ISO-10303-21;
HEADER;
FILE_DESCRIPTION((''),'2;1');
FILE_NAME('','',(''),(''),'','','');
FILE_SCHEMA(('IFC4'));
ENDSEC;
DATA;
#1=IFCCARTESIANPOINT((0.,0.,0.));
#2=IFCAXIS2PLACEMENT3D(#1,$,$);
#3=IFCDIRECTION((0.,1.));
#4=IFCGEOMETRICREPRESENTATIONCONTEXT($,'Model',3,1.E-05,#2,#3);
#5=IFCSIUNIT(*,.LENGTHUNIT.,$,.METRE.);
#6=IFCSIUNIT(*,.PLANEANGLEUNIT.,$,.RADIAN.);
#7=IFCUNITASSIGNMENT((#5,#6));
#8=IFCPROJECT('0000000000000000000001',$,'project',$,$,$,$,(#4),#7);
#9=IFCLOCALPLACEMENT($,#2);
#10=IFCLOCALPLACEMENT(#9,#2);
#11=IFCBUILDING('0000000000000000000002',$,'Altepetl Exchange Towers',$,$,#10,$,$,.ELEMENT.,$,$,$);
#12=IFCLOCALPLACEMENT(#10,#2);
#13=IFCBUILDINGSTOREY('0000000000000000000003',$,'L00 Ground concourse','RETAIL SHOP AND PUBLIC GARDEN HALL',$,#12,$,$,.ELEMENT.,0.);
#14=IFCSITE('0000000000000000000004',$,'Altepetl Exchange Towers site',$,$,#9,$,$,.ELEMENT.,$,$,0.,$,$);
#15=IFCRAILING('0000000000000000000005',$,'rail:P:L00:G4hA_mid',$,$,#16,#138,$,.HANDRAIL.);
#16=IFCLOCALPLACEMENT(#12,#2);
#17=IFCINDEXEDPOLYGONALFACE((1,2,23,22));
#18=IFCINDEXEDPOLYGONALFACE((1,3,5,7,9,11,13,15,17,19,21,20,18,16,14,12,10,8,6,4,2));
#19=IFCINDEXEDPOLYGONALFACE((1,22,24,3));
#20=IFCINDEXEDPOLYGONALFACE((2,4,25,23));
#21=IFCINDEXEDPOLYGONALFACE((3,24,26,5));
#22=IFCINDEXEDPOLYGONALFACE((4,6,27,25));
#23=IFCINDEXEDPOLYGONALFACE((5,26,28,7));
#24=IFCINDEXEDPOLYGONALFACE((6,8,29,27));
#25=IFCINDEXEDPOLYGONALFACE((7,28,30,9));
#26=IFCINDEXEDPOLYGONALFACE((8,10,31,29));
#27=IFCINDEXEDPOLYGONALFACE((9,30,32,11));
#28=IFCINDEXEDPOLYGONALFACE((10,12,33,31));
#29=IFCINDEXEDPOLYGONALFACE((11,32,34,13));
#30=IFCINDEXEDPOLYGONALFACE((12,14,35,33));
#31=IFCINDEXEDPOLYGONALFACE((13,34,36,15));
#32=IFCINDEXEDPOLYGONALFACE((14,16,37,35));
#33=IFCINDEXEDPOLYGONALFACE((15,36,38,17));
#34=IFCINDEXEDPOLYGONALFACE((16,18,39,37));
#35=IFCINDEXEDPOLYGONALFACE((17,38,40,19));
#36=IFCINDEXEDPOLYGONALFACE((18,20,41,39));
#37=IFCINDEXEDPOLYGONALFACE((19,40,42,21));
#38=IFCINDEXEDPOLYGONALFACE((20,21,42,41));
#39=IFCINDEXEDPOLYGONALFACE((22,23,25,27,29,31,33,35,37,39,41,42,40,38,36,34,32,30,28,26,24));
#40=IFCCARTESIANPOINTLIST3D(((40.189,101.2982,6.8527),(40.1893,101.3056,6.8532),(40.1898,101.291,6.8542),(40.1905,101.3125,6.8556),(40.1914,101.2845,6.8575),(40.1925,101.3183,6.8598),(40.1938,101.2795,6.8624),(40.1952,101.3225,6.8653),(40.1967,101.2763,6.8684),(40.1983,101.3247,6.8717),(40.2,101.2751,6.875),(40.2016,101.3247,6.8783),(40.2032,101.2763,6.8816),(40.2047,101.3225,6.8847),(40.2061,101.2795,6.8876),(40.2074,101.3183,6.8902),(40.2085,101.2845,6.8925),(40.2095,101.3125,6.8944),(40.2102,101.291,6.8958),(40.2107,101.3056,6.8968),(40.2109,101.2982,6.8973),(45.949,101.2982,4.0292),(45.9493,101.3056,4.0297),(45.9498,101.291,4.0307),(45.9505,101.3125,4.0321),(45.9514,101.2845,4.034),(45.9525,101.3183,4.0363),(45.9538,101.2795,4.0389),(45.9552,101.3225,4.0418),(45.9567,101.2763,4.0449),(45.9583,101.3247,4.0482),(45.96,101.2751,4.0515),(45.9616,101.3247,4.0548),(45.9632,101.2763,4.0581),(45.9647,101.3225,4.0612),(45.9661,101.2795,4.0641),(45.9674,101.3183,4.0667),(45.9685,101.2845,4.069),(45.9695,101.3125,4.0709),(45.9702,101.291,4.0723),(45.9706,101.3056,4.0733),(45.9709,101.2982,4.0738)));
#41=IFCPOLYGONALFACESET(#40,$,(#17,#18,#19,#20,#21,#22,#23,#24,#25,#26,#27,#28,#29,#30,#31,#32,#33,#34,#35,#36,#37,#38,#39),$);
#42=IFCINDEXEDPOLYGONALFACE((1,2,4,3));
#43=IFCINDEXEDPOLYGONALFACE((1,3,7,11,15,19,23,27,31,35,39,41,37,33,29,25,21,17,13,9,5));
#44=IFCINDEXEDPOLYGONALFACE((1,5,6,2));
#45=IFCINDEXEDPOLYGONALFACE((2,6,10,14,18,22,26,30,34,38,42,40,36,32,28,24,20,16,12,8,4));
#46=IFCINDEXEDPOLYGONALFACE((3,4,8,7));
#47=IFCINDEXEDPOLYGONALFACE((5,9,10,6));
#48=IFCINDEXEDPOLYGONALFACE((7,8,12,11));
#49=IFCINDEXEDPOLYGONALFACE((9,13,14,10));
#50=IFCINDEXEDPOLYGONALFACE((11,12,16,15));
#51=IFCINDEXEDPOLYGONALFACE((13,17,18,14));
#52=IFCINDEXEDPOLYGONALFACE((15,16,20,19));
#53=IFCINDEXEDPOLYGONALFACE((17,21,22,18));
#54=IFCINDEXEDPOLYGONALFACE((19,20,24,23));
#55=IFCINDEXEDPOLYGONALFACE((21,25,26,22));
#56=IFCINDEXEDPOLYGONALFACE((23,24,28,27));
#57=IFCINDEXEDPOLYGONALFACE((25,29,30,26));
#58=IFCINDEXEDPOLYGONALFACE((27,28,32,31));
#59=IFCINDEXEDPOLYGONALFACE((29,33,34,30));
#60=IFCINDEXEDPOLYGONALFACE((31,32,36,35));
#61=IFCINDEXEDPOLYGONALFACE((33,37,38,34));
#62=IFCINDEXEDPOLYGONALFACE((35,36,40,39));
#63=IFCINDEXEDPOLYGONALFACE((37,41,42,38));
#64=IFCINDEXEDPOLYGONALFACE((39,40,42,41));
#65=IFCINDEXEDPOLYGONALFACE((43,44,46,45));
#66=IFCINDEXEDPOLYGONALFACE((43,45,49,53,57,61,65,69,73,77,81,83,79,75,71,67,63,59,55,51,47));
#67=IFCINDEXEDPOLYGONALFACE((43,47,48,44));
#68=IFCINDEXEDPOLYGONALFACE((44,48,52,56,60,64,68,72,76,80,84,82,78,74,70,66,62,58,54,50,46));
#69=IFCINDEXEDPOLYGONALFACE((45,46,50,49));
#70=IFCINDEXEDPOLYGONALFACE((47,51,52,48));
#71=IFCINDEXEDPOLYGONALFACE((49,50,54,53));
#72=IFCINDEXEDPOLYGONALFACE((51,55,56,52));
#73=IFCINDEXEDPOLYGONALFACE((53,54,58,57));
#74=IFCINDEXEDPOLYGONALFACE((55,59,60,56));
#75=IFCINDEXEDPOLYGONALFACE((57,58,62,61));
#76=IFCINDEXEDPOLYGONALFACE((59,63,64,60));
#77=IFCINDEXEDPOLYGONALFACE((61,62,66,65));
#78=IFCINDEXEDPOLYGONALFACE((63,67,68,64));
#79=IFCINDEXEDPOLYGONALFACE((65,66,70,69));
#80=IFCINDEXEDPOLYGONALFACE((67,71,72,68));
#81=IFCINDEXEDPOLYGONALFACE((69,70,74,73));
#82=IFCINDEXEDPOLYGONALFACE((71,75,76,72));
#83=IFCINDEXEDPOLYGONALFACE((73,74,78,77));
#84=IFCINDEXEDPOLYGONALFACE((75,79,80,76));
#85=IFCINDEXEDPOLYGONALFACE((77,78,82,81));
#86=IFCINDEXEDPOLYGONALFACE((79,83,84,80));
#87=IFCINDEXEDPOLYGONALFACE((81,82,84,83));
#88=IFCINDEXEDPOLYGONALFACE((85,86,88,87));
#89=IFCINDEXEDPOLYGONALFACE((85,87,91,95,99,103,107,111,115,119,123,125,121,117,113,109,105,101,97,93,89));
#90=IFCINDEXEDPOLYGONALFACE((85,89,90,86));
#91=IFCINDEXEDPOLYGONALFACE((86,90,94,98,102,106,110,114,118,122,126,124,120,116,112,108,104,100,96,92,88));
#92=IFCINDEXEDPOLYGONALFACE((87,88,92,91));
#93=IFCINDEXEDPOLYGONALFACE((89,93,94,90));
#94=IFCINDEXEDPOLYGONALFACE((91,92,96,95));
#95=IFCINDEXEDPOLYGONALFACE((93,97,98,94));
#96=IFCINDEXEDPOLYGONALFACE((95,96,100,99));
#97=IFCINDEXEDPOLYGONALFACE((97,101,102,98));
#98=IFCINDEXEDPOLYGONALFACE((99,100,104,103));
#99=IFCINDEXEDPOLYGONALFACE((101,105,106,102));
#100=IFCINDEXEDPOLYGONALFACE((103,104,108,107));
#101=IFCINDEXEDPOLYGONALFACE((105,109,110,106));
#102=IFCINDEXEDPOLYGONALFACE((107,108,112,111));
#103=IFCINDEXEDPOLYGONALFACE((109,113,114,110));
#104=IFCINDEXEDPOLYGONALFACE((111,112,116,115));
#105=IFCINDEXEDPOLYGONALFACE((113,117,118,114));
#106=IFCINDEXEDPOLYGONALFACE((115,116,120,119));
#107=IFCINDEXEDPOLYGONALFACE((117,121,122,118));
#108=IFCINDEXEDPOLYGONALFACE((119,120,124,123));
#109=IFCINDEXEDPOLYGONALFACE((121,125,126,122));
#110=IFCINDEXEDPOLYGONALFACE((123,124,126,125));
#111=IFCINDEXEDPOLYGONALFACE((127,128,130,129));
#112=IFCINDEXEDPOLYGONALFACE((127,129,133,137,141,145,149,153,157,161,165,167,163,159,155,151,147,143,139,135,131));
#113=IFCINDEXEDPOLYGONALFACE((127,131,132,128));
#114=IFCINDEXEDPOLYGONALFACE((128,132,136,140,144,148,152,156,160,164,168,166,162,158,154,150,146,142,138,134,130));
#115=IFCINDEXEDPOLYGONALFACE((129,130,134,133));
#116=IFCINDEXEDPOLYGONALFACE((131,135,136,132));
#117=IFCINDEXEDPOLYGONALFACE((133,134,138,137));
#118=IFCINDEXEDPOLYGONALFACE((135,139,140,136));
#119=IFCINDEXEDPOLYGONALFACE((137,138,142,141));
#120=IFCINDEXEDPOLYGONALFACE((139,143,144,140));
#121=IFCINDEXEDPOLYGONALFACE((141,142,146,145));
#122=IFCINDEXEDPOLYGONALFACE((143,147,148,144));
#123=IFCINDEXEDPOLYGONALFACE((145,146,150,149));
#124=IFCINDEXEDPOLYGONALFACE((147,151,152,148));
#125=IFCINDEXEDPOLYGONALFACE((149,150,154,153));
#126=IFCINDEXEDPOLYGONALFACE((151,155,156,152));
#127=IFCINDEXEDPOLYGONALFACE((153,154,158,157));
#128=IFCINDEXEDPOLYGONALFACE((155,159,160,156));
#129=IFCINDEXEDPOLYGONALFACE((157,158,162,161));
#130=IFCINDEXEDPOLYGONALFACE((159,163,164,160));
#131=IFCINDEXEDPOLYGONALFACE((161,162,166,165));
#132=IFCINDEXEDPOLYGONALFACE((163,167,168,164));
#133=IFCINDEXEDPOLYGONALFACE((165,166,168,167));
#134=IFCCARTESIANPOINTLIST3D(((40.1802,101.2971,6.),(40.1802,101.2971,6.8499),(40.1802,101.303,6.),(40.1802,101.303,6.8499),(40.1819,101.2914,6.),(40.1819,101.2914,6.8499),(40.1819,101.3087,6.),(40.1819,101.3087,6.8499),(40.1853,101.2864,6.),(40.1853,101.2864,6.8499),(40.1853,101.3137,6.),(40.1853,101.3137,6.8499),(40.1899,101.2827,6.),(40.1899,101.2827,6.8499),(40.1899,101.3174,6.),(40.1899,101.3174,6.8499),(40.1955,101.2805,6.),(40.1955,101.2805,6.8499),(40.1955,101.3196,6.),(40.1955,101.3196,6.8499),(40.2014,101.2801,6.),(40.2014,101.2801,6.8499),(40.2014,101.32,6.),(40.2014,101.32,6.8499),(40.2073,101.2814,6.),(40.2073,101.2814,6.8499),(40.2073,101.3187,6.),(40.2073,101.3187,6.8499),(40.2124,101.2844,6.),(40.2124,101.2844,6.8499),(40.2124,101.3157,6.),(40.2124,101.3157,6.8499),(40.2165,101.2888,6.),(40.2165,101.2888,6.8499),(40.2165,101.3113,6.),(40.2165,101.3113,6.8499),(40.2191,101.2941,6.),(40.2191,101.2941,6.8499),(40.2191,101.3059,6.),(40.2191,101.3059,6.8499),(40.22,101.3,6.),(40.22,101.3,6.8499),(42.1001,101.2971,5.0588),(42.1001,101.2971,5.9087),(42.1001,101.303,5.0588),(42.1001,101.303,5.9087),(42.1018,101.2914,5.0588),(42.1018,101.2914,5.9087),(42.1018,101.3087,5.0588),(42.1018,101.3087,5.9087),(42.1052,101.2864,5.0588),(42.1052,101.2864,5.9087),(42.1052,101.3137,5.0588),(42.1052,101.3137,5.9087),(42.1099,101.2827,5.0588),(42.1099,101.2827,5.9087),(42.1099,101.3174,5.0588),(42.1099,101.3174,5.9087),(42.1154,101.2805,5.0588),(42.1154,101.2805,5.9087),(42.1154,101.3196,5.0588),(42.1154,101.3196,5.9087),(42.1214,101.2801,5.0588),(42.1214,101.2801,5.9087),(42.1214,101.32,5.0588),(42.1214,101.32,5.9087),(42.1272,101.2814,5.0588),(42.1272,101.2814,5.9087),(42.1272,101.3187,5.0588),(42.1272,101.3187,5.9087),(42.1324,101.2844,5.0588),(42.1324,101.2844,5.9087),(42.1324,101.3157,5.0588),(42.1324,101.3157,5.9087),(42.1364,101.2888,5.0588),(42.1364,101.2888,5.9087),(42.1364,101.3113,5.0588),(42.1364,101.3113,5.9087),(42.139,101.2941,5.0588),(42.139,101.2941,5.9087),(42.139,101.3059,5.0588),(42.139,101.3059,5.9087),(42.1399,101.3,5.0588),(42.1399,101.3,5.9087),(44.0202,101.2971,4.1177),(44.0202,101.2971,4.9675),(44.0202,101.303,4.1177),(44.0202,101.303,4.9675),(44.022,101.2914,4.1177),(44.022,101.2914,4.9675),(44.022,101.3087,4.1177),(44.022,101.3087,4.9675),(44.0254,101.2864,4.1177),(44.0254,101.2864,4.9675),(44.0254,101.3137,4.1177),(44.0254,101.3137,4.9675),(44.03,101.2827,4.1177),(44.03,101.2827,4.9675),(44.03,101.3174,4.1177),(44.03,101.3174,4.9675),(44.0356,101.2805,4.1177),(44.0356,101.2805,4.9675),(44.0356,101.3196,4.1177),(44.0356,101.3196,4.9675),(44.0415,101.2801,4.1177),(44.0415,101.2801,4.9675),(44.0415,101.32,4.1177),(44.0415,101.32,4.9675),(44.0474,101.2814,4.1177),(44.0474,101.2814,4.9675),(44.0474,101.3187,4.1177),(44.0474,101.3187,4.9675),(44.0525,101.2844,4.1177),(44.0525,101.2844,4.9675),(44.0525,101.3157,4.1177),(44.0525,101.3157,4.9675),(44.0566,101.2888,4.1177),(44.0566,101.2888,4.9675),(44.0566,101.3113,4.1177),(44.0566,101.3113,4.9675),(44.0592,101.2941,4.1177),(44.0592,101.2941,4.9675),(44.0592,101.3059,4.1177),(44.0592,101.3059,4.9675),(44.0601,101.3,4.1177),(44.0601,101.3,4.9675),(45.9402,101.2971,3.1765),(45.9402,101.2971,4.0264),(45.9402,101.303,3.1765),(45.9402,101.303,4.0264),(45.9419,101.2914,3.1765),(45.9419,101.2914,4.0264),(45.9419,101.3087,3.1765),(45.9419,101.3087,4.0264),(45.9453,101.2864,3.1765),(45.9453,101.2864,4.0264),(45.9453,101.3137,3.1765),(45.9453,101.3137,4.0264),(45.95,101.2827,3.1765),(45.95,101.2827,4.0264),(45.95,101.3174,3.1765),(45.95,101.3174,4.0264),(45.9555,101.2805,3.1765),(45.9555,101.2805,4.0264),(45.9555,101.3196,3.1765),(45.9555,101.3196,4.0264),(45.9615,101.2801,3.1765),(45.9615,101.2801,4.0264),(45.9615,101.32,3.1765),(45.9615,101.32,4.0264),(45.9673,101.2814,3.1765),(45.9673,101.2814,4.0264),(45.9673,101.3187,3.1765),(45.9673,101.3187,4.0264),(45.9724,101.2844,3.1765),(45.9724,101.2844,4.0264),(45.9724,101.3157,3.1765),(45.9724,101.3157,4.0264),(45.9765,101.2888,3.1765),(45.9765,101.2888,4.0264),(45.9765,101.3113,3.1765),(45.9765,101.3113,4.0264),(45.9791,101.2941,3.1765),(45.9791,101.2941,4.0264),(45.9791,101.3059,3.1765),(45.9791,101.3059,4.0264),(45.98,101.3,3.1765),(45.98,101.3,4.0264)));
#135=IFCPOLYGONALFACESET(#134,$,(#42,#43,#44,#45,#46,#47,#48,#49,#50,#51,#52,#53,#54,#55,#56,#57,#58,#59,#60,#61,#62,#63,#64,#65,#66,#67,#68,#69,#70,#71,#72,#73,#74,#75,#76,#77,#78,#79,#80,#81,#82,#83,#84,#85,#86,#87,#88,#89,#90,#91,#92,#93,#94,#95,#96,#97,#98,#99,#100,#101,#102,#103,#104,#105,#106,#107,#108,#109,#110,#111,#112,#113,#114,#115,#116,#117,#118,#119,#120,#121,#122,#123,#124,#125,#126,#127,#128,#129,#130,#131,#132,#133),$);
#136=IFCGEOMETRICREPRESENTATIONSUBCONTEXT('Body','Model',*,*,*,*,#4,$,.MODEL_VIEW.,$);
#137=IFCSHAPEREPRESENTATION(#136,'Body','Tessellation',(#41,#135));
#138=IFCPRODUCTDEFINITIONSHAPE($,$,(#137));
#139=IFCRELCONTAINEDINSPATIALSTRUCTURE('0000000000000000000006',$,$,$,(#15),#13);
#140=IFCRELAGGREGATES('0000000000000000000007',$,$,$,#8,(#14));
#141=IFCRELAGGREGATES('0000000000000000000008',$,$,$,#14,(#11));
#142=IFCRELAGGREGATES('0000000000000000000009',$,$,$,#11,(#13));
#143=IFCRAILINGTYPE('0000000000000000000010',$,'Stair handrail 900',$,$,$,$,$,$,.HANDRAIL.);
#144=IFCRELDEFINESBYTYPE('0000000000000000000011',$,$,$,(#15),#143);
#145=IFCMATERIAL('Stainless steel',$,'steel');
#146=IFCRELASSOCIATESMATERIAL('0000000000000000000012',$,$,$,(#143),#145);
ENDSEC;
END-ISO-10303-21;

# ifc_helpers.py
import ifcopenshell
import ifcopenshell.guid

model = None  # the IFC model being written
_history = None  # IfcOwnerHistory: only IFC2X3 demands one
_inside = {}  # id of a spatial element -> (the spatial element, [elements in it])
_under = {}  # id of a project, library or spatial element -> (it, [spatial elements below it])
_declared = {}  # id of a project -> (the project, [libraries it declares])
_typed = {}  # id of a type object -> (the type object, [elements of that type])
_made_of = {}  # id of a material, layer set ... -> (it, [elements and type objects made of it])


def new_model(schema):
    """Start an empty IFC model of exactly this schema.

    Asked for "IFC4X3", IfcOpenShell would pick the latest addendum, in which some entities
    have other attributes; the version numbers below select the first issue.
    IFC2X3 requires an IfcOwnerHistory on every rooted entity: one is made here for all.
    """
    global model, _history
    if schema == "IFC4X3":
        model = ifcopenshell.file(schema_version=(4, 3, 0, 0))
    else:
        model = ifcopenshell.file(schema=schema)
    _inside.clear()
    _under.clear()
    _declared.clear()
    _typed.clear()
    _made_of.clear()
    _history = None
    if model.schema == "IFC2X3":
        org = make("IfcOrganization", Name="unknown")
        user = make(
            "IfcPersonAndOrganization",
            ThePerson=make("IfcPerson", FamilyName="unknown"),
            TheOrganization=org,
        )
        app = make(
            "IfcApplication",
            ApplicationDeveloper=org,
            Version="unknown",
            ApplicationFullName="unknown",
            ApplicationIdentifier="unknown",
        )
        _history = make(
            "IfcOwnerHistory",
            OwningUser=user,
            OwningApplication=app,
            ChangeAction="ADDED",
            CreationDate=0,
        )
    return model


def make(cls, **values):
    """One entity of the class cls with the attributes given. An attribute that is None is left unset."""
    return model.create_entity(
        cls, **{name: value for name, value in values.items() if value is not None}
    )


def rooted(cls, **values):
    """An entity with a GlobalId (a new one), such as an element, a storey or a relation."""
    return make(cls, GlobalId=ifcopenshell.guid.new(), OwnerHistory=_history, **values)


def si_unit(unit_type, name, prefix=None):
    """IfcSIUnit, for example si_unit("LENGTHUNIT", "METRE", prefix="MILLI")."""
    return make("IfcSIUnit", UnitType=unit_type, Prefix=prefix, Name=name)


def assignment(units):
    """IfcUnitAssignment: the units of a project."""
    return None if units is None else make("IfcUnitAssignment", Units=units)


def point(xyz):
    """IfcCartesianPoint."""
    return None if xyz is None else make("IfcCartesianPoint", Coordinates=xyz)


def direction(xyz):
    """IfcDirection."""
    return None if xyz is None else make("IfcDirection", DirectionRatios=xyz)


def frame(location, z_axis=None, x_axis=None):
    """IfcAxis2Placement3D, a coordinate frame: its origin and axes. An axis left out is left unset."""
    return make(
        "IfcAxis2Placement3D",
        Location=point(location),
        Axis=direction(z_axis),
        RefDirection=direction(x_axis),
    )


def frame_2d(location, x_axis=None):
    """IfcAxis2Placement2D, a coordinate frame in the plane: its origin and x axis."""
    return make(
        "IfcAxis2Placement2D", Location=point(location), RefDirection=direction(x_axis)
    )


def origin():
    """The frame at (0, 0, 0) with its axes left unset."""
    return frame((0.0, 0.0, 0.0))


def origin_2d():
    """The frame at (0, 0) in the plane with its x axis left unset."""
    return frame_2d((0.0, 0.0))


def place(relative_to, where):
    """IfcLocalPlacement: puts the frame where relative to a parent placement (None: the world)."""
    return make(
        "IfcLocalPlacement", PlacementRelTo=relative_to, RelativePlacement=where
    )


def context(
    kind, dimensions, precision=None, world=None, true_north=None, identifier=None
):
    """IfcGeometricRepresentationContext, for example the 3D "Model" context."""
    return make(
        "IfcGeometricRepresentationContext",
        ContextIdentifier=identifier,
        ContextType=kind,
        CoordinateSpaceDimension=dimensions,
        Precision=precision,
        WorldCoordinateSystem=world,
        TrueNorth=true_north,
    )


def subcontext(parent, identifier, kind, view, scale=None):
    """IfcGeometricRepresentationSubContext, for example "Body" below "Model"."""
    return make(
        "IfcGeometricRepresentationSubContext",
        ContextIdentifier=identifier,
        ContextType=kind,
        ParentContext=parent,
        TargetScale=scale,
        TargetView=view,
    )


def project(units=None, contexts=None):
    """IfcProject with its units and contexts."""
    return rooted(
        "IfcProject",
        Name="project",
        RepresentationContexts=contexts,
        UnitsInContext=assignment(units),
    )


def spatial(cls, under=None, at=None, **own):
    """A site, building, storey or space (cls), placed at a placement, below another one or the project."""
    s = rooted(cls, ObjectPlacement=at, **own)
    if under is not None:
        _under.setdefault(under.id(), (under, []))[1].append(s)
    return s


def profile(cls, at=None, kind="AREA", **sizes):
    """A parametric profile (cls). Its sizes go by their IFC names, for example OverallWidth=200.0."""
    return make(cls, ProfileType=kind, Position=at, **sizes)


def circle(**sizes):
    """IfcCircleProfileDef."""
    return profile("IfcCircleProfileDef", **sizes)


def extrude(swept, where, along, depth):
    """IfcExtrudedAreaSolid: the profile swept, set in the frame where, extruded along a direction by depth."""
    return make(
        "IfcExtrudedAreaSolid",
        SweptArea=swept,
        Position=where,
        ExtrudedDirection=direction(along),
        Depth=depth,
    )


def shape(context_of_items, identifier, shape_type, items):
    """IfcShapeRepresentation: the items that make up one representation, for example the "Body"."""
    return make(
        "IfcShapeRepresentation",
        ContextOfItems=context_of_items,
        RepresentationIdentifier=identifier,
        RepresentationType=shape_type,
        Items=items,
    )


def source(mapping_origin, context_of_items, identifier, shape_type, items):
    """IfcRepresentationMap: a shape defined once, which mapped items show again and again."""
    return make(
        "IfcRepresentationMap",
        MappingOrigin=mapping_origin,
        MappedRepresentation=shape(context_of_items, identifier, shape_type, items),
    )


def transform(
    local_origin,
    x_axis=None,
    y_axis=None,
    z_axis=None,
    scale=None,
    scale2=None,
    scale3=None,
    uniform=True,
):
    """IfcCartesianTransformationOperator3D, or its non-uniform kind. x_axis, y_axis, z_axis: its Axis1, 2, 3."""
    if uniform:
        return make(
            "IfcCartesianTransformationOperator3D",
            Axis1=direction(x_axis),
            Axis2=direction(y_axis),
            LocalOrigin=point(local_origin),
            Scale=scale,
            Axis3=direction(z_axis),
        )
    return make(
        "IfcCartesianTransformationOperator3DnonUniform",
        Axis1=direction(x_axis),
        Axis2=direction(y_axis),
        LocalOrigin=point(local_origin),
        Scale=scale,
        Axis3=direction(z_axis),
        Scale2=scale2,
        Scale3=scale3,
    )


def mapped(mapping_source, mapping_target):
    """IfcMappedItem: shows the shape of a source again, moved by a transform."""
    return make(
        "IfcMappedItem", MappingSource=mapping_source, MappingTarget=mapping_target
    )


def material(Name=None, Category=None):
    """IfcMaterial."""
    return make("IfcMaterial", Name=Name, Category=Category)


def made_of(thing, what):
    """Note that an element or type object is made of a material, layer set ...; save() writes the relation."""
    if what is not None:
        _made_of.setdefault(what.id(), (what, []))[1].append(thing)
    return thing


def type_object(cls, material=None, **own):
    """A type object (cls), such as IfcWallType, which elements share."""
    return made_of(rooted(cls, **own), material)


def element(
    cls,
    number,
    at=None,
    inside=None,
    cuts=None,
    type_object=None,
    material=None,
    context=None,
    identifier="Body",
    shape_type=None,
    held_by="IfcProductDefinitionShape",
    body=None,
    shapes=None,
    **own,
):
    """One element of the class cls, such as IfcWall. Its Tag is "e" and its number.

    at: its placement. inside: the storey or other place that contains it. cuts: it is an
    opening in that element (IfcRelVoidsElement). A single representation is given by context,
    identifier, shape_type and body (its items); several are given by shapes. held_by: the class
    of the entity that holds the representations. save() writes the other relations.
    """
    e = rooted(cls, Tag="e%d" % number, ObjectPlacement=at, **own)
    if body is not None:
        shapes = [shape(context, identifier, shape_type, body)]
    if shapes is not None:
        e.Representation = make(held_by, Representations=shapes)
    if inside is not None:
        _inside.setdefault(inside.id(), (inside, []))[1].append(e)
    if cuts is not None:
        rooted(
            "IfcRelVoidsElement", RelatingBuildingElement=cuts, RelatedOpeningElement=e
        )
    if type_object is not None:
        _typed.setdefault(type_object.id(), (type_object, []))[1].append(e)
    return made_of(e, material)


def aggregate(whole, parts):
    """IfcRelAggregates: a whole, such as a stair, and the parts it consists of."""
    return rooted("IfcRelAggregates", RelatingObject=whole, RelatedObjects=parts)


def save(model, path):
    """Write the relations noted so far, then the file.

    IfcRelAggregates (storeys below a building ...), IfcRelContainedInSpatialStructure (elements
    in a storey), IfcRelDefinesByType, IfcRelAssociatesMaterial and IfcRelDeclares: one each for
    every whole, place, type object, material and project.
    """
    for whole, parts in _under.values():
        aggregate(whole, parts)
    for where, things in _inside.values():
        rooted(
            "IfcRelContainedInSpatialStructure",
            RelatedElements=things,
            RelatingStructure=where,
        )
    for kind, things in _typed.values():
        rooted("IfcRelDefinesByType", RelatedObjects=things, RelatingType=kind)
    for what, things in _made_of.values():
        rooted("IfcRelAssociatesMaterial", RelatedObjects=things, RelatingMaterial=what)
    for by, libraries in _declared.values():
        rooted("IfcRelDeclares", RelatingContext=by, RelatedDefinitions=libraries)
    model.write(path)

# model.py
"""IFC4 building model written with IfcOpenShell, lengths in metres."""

from ifc_helpers import new_model, si_unit, direction, frame, origin, origin_2d, place, context, subcontext, project, spatial, circle, extrude, source, transform, mapped, material, type_object, element, save


model = new_model("IFC4")

# Units and contexts
model_context = context("Model", 3, precision=1e-05, world=origin(), true_north=direction((0.0, 1.0)))
body_context = subcontext(model_context, "Body", "Model", "MODEL_VIEW")
ifc_project = project(units=[si_unit("LENGTHUNIT", "METRE"), si_unit("PLANEANGLEUNIT", "RADIAN")], contexts=[model_context])

# Site, building, storey
site_placement = place(None, origin())
site = spatial("IfcSite", under=ifc_project, at=site_placement, Name="Altepetl Exchange Towers site", CompositionType="ELEMENT", RefElevation=0.0)
building_placement = place(site_placement, origin())
building = spatial("IfcBuilding", under=site, at=building_placement, Name="Altepetl Exchange Towers", CompositionType="ELEMENT")
storey_placement = place(building_placement, origin())
storey = spatial("IfcBuildingStorey", under=building, at=storey_placement, Name="L00 Ground concourse", Description="RETAIL SHOP AND PUBLIC GARDEN HALL", CompositionType="ELEMENT", Elevation=0.0)

# Railing
ifc_material_1 = material(Name="Stainless steel", Category="steel")
railing_type_1 = type_object("IfcRailingType", Name="Stair handrail 900", PredefinedType="HANDRAIL", material=ifc_material_1)
shared_shape_1 = source(origin(), body_context, "Body", "SweptSolid", [
    extrude(circle(Radius=0.02, at=origin_2d()), origin(), (0.0, 0.0, 1.0), 0.8499),
])
for number, where, name in (
    (1, (45.96, 101.3, 3.1765), "rail:P:L00:G4hA_mid"),
):
    element("IfcRailing", number, at=place(storey_placement, frame(where)), inside=storey, type_object=railing_type_1, Name=name, PredefinedType="HANDRAIL", context=body_context, shape_type="SweptSolid", body=[
        extrude(circle(Radius=0.0249, at=origin_2d()), frame((0.0, 0.0, 0.875), z_axis=(-0.897924, 0.0, 0.440151), x_axis=(0.0, -1.0, 0.0)), (0.0, 0.0, 1.0), 6.4148),
        mapped(shared_shape_1, transform((0.0, 0.0, 0.0))),
        mapped(shared_shape_1, transform((-1.9199, 0.0, 0.9412))),
        mapped(shared_shape_1, transform((-3.8401, 0.0, 1.8823))),
        mapped(shared_shape_1, transform((-5.76, 0.0, 2.8235))),
    ])

save(model, "model.ifc")
